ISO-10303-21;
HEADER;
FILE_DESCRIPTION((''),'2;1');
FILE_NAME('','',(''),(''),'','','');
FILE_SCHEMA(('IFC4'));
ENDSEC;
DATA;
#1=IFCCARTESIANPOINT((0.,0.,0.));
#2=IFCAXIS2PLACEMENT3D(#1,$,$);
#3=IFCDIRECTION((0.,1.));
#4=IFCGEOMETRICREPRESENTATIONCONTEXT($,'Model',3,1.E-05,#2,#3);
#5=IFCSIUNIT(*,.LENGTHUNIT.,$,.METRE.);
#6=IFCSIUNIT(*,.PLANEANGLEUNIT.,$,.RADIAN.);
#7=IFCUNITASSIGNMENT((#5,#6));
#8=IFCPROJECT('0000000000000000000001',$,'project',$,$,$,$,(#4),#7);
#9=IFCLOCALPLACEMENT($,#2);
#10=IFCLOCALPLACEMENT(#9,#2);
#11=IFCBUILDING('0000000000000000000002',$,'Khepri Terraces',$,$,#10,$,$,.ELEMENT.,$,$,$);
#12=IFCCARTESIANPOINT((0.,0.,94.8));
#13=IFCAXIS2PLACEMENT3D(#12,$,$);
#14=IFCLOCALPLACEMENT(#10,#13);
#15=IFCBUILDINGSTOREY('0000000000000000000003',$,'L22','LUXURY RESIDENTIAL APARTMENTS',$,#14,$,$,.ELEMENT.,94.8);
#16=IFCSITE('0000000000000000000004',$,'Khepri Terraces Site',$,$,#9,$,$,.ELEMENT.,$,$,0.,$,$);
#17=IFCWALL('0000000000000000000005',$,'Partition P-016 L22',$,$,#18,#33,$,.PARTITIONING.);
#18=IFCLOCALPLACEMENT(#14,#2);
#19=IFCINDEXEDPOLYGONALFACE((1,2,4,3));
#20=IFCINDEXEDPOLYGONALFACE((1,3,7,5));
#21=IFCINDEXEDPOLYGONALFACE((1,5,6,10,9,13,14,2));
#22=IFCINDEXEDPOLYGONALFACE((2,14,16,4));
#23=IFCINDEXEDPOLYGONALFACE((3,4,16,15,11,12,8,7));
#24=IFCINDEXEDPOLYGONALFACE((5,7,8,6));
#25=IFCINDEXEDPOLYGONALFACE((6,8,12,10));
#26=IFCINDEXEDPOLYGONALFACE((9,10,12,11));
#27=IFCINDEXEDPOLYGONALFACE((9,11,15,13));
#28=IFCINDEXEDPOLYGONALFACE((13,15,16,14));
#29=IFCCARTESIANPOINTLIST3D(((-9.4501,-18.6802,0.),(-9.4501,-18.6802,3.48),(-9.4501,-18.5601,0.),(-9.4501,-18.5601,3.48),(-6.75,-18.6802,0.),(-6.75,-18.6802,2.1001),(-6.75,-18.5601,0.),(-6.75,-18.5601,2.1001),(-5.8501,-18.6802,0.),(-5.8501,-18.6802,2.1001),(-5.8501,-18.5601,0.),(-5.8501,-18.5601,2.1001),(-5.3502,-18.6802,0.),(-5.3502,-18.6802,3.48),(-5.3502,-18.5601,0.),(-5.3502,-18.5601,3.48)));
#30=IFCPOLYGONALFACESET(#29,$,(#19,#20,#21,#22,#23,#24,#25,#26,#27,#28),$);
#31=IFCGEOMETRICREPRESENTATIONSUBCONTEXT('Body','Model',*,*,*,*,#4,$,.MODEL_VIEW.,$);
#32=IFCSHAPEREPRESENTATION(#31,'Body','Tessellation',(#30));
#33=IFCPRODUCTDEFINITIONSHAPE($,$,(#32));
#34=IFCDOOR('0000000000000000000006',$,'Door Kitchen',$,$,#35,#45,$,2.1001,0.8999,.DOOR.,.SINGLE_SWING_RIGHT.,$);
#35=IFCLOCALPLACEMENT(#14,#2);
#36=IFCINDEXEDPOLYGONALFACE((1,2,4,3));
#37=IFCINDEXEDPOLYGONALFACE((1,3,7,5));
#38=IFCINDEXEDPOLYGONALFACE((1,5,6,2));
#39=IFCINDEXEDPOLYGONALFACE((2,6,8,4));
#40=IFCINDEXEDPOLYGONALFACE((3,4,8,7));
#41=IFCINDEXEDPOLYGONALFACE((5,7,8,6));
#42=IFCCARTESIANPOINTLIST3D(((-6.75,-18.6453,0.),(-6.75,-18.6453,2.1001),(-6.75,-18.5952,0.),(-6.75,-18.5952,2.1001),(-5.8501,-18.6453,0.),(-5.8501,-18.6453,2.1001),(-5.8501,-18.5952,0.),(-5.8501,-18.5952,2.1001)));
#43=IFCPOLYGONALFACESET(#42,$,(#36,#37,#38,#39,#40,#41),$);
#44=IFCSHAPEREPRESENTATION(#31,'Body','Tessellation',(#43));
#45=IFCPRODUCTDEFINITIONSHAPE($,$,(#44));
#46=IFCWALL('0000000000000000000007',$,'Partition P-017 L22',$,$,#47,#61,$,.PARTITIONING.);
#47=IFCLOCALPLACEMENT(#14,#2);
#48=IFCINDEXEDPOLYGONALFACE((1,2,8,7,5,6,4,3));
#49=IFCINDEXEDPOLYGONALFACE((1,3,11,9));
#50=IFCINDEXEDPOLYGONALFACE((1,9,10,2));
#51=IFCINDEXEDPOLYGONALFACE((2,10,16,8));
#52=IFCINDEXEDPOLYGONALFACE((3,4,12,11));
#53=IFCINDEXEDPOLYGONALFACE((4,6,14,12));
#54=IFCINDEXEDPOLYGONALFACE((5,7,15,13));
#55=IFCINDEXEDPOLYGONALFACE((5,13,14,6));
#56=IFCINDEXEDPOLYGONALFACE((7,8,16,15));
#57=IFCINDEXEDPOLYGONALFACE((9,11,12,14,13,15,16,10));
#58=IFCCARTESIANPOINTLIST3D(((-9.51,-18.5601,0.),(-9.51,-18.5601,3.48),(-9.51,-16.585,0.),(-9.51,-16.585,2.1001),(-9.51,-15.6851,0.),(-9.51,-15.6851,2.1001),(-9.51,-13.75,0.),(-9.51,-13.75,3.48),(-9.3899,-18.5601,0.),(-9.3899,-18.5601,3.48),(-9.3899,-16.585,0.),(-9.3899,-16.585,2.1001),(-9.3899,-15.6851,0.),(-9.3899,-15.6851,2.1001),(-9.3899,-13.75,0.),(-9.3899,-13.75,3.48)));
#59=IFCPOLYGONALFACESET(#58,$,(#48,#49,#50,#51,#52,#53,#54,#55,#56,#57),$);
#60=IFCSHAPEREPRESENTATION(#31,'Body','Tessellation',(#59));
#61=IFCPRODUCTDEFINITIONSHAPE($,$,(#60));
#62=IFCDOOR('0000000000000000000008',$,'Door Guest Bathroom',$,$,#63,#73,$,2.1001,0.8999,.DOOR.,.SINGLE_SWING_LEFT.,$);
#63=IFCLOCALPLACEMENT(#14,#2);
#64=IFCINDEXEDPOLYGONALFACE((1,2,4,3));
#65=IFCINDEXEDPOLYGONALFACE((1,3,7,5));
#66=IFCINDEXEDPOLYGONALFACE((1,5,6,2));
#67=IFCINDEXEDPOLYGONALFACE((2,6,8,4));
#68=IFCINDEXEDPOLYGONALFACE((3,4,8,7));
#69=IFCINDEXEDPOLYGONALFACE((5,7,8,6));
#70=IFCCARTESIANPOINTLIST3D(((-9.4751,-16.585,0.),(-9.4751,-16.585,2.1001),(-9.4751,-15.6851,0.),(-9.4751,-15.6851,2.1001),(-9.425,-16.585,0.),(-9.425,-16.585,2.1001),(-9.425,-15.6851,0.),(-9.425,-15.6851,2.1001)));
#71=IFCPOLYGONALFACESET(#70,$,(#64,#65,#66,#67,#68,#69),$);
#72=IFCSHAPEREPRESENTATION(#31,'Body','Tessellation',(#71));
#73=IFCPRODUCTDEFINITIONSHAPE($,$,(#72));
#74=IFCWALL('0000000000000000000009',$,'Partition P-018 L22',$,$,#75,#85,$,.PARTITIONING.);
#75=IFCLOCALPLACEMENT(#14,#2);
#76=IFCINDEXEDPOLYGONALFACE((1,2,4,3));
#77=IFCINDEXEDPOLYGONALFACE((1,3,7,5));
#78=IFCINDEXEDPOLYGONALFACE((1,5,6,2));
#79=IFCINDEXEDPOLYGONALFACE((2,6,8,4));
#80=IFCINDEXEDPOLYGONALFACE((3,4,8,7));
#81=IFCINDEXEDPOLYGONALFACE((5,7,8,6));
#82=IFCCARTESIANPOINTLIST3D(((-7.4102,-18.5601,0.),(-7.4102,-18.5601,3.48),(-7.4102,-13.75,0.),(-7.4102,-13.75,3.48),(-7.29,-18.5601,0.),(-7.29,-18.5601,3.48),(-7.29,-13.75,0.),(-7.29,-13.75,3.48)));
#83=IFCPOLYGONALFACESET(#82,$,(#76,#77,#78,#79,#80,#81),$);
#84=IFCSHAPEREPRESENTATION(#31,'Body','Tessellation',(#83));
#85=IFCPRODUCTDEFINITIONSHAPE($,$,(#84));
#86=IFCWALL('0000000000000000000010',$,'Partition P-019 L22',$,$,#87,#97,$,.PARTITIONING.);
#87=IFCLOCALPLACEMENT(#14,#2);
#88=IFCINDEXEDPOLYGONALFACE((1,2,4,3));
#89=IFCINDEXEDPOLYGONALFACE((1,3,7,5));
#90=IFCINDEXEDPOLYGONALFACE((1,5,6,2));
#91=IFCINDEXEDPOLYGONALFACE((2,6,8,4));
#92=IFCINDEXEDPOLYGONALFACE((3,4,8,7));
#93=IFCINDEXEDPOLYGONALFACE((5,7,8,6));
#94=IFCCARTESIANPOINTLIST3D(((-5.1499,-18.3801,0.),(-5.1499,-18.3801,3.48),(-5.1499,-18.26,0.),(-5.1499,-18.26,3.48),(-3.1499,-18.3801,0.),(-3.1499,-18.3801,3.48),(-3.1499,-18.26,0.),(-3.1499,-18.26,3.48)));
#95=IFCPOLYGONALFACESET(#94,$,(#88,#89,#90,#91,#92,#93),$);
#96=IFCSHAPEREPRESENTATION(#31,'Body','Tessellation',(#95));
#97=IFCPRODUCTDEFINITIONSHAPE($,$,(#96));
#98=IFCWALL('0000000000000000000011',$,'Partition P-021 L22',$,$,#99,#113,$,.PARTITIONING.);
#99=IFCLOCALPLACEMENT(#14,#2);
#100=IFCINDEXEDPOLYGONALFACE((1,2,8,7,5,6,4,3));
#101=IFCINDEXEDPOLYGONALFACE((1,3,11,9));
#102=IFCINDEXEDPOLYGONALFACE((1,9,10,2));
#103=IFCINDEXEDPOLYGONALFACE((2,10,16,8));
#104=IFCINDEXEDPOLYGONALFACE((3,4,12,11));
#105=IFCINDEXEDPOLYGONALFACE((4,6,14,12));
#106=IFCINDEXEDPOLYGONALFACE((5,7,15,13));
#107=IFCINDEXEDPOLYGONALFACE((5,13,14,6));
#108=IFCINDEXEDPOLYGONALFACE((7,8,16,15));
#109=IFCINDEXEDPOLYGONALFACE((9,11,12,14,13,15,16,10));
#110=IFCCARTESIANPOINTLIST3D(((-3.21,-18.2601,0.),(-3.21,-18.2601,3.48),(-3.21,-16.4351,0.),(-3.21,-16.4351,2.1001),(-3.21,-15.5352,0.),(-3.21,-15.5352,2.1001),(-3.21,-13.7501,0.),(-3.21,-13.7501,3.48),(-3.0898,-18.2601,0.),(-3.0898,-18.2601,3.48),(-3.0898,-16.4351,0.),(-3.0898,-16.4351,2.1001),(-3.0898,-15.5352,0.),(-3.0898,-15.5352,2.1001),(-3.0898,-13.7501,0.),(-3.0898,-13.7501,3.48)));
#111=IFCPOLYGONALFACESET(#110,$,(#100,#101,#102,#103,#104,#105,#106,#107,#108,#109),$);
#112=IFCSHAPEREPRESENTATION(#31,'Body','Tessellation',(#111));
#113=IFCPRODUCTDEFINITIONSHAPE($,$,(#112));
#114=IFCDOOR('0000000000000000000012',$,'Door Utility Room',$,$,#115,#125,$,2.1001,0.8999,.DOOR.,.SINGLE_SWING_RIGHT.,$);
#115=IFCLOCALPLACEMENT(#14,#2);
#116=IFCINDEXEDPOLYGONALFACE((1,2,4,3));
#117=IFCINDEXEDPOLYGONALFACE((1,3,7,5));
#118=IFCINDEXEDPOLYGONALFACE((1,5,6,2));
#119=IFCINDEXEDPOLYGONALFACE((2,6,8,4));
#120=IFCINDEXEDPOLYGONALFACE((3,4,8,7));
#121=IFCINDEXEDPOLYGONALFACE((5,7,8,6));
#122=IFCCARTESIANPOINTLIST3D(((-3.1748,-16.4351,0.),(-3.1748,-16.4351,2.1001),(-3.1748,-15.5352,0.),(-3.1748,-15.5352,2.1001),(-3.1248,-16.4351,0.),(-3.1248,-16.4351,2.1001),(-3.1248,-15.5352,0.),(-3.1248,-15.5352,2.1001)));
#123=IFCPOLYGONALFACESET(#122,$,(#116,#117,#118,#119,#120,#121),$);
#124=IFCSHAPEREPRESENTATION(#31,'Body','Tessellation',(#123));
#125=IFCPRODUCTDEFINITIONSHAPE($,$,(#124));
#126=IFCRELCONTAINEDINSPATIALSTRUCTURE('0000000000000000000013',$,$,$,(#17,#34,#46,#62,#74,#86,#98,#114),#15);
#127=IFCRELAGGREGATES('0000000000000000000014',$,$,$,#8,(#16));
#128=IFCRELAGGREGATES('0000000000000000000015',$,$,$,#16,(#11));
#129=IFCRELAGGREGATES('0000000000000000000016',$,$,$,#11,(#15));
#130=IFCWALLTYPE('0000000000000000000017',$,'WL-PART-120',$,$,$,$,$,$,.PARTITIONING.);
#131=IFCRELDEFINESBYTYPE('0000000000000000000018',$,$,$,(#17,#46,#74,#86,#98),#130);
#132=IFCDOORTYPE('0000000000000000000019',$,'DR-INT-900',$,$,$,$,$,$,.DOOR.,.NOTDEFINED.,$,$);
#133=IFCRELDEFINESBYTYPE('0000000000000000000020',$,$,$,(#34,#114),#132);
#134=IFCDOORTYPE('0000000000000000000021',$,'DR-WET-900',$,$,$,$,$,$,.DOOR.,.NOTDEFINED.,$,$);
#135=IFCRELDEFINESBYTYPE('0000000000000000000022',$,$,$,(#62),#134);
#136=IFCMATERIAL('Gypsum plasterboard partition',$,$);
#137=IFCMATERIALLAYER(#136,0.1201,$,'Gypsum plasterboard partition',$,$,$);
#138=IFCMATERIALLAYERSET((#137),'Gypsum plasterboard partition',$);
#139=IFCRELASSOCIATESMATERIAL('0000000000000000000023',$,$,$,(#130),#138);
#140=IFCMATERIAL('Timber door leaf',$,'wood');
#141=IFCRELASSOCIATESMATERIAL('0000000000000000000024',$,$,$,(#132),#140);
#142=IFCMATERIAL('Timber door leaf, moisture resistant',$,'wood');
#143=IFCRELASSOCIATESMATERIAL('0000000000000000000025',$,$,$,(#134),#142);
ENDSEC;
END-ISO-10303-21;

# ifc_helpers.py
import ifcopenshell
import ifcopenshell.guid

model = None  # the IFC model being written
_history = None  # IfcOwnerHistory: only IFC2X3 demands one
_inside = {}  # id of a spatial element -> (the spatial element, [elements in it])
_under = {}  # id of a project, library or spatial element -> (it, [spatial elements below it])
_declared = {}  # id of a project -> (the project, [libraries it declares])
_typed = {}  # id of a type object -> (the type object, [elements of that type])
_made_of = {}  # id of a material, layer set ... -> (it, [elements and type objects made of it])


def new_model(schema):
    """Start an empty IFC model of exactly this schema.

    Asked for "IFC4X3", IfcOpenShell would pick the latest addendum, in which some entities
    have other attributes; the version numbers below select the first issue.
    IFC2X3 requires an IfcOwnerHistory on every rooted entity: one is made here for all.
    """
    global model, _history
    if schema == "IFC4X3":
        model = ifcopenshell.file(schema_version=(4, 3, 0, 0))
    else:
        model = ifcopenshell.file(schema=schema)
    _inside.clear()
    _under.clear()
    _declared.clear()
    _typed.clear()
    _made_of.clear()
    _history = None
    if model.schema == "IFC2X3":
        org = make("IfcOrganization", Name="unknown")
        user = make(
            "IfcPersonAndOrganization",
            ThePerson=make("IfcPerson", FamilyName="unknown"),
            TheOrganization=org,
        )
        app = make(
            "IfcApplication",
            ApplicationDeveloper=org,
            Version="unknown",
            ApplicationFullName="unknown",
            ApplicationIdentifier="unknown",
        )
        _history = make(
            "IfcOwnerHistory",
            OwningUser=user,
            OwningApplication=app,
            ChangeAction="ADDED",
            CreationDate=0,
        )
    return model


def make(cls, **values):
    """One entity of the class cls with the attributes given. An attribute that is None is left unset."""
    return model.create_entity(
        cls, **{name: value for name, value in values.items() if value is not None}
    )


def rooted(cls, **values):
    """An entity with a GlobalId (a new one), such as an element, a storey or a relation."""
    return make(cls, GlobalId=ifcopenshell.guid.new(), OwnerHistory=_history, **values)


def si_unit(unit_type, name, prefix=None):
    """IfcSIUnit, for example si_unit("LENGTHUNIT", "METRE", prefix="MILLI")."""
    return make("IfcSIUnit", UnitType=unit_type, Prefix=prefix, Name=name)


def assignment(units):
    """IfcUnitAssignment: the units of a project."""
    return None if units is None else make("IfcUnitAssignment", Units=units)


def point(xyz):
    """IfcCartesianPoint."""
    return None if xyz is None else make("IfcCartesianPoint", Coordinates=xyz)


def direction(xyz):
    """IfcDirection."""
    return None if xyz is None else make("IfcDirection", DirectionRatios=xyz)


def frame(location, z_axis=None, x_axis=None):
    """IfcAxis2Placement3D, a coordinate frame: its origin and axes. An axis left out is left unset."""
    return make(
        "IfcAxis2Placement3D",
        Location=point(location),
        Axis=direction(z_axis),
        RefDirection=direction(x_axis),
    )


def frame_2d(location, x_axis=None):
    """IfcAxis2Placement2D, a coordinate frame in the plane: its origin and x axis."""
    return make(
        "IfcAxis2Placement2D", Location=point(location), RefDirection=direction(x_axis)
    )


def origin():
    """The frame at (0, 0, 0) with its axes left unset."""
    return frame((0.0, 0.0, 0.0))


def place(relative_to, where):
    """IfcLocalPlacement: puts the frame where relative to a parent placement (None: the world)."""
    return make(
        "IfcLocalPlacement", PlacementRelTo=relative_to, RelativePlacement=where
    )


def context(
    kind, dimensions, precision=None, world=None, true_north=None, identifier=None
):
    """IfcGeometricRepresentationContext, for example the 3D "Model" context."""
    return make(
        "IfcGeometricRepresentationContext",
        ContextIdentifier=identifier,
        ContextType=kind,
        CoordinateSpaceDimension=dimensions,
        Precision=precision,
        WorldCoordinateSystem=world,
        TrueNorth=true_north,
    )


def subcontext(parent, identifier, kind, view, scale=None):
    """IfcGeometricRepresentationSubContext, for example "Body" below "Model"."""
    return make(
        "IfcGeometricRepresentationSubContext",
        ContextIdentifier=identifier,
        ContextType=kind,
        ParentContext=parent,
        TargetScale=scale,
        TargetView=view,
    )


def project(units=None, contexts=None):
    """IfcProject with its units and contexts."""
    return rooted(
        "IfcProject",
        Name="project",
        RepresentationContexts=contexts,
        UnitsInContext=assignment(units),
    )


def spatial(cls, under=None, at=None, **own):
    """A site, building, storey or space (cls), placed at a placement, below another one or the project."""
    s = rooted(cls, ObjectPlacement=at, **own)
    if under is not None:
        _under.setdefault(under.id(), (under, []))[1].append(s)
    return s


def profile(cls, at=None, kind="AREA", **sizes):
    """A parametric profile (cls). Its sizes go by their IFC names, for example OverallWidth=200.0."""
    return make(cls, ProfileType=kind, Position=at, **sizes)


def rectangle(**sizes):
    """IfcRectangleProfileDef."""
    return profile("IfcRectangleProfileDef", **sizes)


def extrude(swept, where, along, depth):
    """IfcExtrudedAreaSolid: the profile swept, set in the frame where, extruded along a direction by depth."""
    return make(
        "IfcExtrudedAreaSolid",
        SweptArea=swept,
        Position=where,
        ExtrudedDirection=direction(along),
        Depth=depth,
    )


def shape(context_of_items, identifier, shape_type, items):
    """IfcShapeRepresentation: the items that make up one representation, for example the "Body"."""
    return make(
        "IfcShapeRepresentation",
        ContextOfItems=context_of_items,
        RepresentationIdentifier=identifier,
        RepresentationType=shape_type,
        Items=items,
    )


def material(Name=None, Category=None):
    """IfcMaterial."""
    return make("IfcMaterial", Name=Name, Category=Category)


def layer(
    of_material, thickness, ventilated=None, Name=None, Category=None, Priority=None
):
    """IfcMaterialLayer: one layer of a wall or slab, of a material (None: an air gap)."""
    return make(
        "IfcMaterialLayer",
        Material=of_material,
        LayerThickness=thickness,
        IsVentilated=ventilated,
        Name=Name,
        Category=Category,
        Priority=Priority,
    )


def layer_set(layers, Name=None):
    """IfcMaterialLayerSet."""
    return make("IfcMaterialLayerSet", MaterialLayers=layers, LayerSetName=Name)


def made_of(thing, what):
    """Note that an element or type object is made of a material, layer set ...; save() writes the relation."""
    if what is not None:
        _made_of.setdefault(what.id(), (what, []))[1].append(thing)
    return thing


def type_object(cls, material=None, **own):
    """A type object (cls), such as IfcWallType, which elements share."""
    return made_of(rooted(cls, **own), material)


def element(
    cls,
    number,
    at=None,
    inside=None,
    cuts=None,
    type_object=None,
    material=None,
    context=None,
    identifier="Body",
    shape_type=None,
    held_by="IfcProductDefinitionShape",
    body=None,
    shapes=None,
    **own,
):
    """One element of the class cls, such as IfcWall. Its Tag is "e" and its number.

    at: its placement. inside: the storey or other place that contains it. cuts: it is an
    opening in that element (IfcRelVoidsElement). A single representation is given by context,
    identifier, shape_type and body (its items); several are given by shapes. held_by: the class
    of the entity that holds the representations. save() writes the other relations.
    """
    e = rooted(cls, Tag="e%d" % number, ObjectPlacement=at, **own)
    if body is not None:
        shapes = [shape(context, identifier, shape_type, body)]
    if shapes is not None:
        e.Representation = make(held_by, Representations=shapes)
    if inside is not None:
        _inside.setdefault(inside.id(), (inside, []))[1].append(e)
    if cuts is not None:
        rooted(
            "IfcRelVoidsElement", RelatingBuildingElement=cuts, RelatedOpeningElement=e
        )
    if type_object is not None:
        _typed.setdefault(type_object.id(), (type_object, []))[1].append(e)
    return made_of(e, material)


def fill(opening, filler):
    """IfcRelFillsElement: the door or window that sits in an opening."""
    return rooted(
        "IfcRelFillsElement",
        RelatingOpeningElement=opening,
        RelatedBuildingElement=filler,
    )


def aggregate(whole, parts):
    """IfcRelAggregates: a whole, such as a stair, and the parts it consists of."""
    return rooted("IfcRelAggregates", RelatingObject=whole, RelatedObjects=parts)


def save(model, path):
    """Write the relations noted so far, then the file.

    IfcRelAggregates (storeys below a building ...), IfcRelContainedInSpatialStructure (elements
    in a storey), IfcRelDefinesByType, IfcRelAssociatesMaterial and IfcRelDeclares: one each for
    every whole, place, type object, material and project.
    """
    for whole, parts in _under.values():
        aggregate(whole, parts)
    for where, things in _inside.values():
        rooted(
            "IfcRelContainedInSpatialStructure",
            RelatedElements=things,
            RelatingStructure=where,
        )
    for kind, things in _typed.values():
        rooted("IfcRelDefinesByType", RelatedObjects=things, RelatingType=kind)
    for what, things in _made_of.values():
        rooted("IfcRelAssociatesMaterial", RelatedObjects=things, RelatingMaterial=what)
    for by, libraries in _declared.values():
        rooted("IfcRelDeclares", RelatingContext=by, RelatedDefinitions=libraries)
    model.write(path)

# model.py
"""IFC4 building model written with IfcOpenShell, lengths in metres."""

from ifc_helpers import new_model, si_unit, direction, frame, frame_2d, origin, place, context, subcontext, project, spatial, rectangle, extrude, material, layer, layer_set, type_object, element, fill, save


model = new_model("IFC4")

# Units and contexts
model_context = context("Model", 3, precision=1e-05, world=origin(), true_north=direction((0.0, 1.0)))
body_context = subcontext(model_context, "Body", "Model", "MODEL_VIEW")
ifc_project = project(units=[si_unit("LENGTHUNIT", "METRE"), si_unit("PLANEANGLEUNIT", "RADIAN")], contexts=[model_context])

# Site, building, storey
site_placement = place(None, origin())
site = spatial("IfcSite", under=ifc_project, at=site_placement, Name="Khepri Terraces Site", CompositionType="ELEMENT", RefElevation=0.0)
building_placement = place(site_placement, origin())
building = spatial("IfcBuilding", under=site, at=building_placement, Name="Khepri Terraces", CompositionType="ELEMENT")
storey_placement = place(building_placement, frame((0.0, 0.0, 94.8)))
storey = spatial("IfcBuildingStorey", under=building, at=storey_placement, Name="L22", Description="LUXURY RESIDENTIAL APARTMENTS", CompositionType="ELEMENT", Elevation=94.8)

# Shared definitions
ifc_material_1 = material(Name="Gypsum plasterboard partition")
ifc_layer_1 = layer(ifc_material_1, 0.1201, Name="Gypsum plasterboard partition")
ifc_layer_set_1 = layer_set([ifc_layer_1], Name="Gypsum plasterboard partition")
wall_type_1 = type_object("IfcWallType", Name="WL-PART-120", PredefinedType="PARTITIONING", material=ifc_layer_set_1)
ifc_material_2 = material(Name="Timber door leaf", Category="wood")
door_type_1 = type_object("IfcDoorType", Name="DR-INT-900", OperationType="NOTDEFINED", PredefinedType="DOOR", material=ifc_material_2)

# Walls, openings, doors
wall_1_placement = place(storey_placement, frame((-9.45, -18.6201, 0.0), z_axis=(0.0, 0.0, 1.0), x_axis=(1.0, 0.0, 0.0)))
wall_1 = element("IfcWall", 1, at=wall_1_placement, inside=storey, type_object=wall_type_1, Name="Partition P-016 L22", PredefinedType="PARTITIONING", context=body_context, shape_type="SweptSolid", body=[
    extrude(rectangle(XDim=4.0999, YDim=0.1201, at=frame_2d((2.0498, 0.0))), origin(), (0.0, 0.0, 1.0), 3.48),
])
opening_1_placement = place(wall_1_placement, frame((2.7, 0.0, 0.0)))
opening_1 = element("IfcOpeningElement", 2, at=opening_1_placement, cuts=wall_1, PredefinedType="OPENING", context=body_context, shape_type="SweptSolid", body=[
    extrude(rectangle(XDim=0.8999, YDim=2.1001, at=frame_2d((0.45, 1.05))), frame((0.0, 0.0701, 0.0), z_axis=(0.0, -1.0, 0.0), x_axis=(1.0, 0.0, 0.0)), (0.0, 0.0, 1.0), 0.1401),
])
door_1_placement = place(opening_1_placement, origin())
door_1 = element("IfcDoor", 3, at=door_1_placement, inside=storey, type_object=door_type_1, Name="Door Kitchen", OperationType="SINGLE_SWING_RIGHT", OverallHeight=2.1001, OverallWidth=0.8999, PredefinedType="DOOR", context=body_context, shape_type="SweptSolid", body=[
    extrude(rectangle(XDim=0.8999, YDim=2.1001, at=frame_2d((0.45, 1.05))), frame((0.0, 0.0249, 0.0), z_axis=(0.0, -1.0, 0.0), x_axis=(1.0, 0.0, 0.0)), (0.0, 0.0, 1.0), 0.05),
])
fill(opening_1, door_1)
wall_2_placement = place(storey_placement, frame((-9.45, -18.5601, 0.0), z_axis=(0.0, 0.0, 1.0), x_axis=(0.0, 1.0, 0.0)))
wall_2 = element("IfcWall", 4, at=wall_2_placement, inside=storey, type_object=wall_type_1, Name="Partition P-017 L22", PredefinedType="PARTITIONING", context=body_context, shape_type="SweptSolid", body=[
    extrude(rectangle(XDim=4.8101, YDim=0.1201, at=frame_2d((2.405, 0.0))), origin(), (0.0, 0.0, 1.0), 3.48),
])
opening_2_placement = place(wall_2_placement, frame((1.9751, 0.0, 0.0)))
opening_2 = element("IfcOpeningElement", 5, at=opening_2_placement, cuts=wall_2, PredefinedType="OPENING", context=body_context, shape_type="SweptSolid", body=[
    extrude(rectangle(XDim=0.8999, YDim=2.1001, at=frame_2d((0.45, 1.05))), frame((0.0, 0.0701, 0.0), z_axis=(0.0, -1.0, 0.0), x_axis=(1.0, 0.0, 0.0)), (0.0, 0.0, 1.0), 0.1401),
])
ifc_material_3 = material(Name="Timber door leaf, moisture resistant", Category="wood")
door_type_2 = type_object("IfcDoorType", Name="DR-WET-900", OperationType="NOTDEFINED", PredefinedType="DOOR", material=ifc_material_3)
door_2_placement = place(opening_2_placement, frame((0.8999, 0.0, 0.0), z_axis=(0.0, 0.0, 1.0), x_axis=(-1.0, 0.0, 0.0)))
door_2 = element("IfcDoor", 6, at=door_2_placement, inside=storey, type_object=door_type_2, Name="Door Guest Bathroom", OperationType="SINGLE_SWING_LEFT", OverallHeight=2.1001, OverallWidth=0.8999, PredefinedType="DOOR", context=body_context, shape_type="SweptSolid", body=[
    extrude(rectangle(XDim=0.8999, YDim=2.1001, at=frame_2d((0.45, 1.05))), frame((0.0, 0.0249, 0.0), z_axis=(0.0, -1.0, 0.0), x_axis=(1.0, 0.0, 0.0)), (0.0, 0.0, 1.0), 0.05),
])
fill(opening_2, door_2)

# Walls
wall_3_placement = place(storey_placement, frame((-7.3501, -18.5601, 0.0), z_axis=(0.0, 0.0, 1.0), x_axis=(0.0, 1.0, 0.0)))
element("IfcWall", 7, at=wall_3_placement, inside=storey, type_object=wall_type_1, Name="Partition P-018 L22", PredefinedType="PARTITIONING", context=body_context, shape_type="SweptSolid", body=[
    extrude(rectangle(XDim=4.8101, YDim=0.1201, at=frame_2d((2.405, 0.0))), origin(), (0.0, 0.0, 1.0), 3.48),
])
wall_4_placement = place(storey_placement, frame((-5.1499, -18.3201, 0.0), z_axis=(0.0, 0.0, 1.0), x_axis=(1.0, 0.0, 0.0)))
element("IfcWall", 8, at=wall_4_placement, inside=storey, type_object=wall_type_1, Name="Partition P-019 L22", PredefinedType="PARTITIONING", context=body_context, shape_type="SweptSolid", body=[
    extrude(rectangle(XDim=2.0, YDim=0.1201, at=frame_2d((1.0, 0.0))), origin(), (0.0, 0.0, 1.0), 3.48),
])

# Wall, opening, door
wall_5_placement = place(storey_placement, frame((-3.1499, -18.26, 0.0), z_axis=(0.0, 0.0, 1.0), x_axis=(0.0, 1.0, 0.0)))
wall_5 = element("IfcWall", 9, at=wall_5_placement, inside=storey, type_object=wall_type_1, Name="Partition P-021 L22", PredefinedType="PARTITIONING", context=body_context, shape_type="SweptSolid", body=[
    extrude(rectangle(XDim=4.51, YDim=0.1201, at=frame_2d((2.2549, 0.0))), origin(), (0.0, 0.0, 1.0), 3.48),
])
opening_3_placement = place(wall_5_placement, frame((1.825, 0.0, 0.0)))
opening_3 = element("IfcOpeningElement", 10, at=opening_3_placement, cuts=wall_5, PredefinedType="OPENING", context=body_context, shape_type="SweptSolid", body=[
    extrude(rectangle(XDim=0.8999, YDim=2.1001, at=frame_2d((0.45, 1.05))), frame((0.0, 0.0701, 0.0), z_axis=(0.0, -1.0, 0.0), x_axis=(1.0, 0.0, 0.0)), (0.0, 0.0, 1.0), 0.1401),
])
door_3_placement = place(opening_3_placement, origin())
door_3 = element("IfcDoor", 11, at=door_3_placement, inside=storey, type_object=door_type_1, Name="Door Utility Room", OperationType="SINGLE_SWING_RIGHT", OverallHeight=2.1001, OverallWidth=0.8999, PredefinedType="DOOR", context=body_context, shape_type="SweptSolid", body=[
    extrude(rectangle(XDim=0.8999, YDim=2.1001, at=frame_2d((0.45, 1.05))), frame((0.0, 0.0249, 0.0), z_axis=(0.0, -1.0, 0.0), x_axis=(1.0, 0.0, 0.0)), (0.0, 0.0, 1.0), 0.05),
])
fill(opening_3, door_3)

save(model, "model.ifc")
